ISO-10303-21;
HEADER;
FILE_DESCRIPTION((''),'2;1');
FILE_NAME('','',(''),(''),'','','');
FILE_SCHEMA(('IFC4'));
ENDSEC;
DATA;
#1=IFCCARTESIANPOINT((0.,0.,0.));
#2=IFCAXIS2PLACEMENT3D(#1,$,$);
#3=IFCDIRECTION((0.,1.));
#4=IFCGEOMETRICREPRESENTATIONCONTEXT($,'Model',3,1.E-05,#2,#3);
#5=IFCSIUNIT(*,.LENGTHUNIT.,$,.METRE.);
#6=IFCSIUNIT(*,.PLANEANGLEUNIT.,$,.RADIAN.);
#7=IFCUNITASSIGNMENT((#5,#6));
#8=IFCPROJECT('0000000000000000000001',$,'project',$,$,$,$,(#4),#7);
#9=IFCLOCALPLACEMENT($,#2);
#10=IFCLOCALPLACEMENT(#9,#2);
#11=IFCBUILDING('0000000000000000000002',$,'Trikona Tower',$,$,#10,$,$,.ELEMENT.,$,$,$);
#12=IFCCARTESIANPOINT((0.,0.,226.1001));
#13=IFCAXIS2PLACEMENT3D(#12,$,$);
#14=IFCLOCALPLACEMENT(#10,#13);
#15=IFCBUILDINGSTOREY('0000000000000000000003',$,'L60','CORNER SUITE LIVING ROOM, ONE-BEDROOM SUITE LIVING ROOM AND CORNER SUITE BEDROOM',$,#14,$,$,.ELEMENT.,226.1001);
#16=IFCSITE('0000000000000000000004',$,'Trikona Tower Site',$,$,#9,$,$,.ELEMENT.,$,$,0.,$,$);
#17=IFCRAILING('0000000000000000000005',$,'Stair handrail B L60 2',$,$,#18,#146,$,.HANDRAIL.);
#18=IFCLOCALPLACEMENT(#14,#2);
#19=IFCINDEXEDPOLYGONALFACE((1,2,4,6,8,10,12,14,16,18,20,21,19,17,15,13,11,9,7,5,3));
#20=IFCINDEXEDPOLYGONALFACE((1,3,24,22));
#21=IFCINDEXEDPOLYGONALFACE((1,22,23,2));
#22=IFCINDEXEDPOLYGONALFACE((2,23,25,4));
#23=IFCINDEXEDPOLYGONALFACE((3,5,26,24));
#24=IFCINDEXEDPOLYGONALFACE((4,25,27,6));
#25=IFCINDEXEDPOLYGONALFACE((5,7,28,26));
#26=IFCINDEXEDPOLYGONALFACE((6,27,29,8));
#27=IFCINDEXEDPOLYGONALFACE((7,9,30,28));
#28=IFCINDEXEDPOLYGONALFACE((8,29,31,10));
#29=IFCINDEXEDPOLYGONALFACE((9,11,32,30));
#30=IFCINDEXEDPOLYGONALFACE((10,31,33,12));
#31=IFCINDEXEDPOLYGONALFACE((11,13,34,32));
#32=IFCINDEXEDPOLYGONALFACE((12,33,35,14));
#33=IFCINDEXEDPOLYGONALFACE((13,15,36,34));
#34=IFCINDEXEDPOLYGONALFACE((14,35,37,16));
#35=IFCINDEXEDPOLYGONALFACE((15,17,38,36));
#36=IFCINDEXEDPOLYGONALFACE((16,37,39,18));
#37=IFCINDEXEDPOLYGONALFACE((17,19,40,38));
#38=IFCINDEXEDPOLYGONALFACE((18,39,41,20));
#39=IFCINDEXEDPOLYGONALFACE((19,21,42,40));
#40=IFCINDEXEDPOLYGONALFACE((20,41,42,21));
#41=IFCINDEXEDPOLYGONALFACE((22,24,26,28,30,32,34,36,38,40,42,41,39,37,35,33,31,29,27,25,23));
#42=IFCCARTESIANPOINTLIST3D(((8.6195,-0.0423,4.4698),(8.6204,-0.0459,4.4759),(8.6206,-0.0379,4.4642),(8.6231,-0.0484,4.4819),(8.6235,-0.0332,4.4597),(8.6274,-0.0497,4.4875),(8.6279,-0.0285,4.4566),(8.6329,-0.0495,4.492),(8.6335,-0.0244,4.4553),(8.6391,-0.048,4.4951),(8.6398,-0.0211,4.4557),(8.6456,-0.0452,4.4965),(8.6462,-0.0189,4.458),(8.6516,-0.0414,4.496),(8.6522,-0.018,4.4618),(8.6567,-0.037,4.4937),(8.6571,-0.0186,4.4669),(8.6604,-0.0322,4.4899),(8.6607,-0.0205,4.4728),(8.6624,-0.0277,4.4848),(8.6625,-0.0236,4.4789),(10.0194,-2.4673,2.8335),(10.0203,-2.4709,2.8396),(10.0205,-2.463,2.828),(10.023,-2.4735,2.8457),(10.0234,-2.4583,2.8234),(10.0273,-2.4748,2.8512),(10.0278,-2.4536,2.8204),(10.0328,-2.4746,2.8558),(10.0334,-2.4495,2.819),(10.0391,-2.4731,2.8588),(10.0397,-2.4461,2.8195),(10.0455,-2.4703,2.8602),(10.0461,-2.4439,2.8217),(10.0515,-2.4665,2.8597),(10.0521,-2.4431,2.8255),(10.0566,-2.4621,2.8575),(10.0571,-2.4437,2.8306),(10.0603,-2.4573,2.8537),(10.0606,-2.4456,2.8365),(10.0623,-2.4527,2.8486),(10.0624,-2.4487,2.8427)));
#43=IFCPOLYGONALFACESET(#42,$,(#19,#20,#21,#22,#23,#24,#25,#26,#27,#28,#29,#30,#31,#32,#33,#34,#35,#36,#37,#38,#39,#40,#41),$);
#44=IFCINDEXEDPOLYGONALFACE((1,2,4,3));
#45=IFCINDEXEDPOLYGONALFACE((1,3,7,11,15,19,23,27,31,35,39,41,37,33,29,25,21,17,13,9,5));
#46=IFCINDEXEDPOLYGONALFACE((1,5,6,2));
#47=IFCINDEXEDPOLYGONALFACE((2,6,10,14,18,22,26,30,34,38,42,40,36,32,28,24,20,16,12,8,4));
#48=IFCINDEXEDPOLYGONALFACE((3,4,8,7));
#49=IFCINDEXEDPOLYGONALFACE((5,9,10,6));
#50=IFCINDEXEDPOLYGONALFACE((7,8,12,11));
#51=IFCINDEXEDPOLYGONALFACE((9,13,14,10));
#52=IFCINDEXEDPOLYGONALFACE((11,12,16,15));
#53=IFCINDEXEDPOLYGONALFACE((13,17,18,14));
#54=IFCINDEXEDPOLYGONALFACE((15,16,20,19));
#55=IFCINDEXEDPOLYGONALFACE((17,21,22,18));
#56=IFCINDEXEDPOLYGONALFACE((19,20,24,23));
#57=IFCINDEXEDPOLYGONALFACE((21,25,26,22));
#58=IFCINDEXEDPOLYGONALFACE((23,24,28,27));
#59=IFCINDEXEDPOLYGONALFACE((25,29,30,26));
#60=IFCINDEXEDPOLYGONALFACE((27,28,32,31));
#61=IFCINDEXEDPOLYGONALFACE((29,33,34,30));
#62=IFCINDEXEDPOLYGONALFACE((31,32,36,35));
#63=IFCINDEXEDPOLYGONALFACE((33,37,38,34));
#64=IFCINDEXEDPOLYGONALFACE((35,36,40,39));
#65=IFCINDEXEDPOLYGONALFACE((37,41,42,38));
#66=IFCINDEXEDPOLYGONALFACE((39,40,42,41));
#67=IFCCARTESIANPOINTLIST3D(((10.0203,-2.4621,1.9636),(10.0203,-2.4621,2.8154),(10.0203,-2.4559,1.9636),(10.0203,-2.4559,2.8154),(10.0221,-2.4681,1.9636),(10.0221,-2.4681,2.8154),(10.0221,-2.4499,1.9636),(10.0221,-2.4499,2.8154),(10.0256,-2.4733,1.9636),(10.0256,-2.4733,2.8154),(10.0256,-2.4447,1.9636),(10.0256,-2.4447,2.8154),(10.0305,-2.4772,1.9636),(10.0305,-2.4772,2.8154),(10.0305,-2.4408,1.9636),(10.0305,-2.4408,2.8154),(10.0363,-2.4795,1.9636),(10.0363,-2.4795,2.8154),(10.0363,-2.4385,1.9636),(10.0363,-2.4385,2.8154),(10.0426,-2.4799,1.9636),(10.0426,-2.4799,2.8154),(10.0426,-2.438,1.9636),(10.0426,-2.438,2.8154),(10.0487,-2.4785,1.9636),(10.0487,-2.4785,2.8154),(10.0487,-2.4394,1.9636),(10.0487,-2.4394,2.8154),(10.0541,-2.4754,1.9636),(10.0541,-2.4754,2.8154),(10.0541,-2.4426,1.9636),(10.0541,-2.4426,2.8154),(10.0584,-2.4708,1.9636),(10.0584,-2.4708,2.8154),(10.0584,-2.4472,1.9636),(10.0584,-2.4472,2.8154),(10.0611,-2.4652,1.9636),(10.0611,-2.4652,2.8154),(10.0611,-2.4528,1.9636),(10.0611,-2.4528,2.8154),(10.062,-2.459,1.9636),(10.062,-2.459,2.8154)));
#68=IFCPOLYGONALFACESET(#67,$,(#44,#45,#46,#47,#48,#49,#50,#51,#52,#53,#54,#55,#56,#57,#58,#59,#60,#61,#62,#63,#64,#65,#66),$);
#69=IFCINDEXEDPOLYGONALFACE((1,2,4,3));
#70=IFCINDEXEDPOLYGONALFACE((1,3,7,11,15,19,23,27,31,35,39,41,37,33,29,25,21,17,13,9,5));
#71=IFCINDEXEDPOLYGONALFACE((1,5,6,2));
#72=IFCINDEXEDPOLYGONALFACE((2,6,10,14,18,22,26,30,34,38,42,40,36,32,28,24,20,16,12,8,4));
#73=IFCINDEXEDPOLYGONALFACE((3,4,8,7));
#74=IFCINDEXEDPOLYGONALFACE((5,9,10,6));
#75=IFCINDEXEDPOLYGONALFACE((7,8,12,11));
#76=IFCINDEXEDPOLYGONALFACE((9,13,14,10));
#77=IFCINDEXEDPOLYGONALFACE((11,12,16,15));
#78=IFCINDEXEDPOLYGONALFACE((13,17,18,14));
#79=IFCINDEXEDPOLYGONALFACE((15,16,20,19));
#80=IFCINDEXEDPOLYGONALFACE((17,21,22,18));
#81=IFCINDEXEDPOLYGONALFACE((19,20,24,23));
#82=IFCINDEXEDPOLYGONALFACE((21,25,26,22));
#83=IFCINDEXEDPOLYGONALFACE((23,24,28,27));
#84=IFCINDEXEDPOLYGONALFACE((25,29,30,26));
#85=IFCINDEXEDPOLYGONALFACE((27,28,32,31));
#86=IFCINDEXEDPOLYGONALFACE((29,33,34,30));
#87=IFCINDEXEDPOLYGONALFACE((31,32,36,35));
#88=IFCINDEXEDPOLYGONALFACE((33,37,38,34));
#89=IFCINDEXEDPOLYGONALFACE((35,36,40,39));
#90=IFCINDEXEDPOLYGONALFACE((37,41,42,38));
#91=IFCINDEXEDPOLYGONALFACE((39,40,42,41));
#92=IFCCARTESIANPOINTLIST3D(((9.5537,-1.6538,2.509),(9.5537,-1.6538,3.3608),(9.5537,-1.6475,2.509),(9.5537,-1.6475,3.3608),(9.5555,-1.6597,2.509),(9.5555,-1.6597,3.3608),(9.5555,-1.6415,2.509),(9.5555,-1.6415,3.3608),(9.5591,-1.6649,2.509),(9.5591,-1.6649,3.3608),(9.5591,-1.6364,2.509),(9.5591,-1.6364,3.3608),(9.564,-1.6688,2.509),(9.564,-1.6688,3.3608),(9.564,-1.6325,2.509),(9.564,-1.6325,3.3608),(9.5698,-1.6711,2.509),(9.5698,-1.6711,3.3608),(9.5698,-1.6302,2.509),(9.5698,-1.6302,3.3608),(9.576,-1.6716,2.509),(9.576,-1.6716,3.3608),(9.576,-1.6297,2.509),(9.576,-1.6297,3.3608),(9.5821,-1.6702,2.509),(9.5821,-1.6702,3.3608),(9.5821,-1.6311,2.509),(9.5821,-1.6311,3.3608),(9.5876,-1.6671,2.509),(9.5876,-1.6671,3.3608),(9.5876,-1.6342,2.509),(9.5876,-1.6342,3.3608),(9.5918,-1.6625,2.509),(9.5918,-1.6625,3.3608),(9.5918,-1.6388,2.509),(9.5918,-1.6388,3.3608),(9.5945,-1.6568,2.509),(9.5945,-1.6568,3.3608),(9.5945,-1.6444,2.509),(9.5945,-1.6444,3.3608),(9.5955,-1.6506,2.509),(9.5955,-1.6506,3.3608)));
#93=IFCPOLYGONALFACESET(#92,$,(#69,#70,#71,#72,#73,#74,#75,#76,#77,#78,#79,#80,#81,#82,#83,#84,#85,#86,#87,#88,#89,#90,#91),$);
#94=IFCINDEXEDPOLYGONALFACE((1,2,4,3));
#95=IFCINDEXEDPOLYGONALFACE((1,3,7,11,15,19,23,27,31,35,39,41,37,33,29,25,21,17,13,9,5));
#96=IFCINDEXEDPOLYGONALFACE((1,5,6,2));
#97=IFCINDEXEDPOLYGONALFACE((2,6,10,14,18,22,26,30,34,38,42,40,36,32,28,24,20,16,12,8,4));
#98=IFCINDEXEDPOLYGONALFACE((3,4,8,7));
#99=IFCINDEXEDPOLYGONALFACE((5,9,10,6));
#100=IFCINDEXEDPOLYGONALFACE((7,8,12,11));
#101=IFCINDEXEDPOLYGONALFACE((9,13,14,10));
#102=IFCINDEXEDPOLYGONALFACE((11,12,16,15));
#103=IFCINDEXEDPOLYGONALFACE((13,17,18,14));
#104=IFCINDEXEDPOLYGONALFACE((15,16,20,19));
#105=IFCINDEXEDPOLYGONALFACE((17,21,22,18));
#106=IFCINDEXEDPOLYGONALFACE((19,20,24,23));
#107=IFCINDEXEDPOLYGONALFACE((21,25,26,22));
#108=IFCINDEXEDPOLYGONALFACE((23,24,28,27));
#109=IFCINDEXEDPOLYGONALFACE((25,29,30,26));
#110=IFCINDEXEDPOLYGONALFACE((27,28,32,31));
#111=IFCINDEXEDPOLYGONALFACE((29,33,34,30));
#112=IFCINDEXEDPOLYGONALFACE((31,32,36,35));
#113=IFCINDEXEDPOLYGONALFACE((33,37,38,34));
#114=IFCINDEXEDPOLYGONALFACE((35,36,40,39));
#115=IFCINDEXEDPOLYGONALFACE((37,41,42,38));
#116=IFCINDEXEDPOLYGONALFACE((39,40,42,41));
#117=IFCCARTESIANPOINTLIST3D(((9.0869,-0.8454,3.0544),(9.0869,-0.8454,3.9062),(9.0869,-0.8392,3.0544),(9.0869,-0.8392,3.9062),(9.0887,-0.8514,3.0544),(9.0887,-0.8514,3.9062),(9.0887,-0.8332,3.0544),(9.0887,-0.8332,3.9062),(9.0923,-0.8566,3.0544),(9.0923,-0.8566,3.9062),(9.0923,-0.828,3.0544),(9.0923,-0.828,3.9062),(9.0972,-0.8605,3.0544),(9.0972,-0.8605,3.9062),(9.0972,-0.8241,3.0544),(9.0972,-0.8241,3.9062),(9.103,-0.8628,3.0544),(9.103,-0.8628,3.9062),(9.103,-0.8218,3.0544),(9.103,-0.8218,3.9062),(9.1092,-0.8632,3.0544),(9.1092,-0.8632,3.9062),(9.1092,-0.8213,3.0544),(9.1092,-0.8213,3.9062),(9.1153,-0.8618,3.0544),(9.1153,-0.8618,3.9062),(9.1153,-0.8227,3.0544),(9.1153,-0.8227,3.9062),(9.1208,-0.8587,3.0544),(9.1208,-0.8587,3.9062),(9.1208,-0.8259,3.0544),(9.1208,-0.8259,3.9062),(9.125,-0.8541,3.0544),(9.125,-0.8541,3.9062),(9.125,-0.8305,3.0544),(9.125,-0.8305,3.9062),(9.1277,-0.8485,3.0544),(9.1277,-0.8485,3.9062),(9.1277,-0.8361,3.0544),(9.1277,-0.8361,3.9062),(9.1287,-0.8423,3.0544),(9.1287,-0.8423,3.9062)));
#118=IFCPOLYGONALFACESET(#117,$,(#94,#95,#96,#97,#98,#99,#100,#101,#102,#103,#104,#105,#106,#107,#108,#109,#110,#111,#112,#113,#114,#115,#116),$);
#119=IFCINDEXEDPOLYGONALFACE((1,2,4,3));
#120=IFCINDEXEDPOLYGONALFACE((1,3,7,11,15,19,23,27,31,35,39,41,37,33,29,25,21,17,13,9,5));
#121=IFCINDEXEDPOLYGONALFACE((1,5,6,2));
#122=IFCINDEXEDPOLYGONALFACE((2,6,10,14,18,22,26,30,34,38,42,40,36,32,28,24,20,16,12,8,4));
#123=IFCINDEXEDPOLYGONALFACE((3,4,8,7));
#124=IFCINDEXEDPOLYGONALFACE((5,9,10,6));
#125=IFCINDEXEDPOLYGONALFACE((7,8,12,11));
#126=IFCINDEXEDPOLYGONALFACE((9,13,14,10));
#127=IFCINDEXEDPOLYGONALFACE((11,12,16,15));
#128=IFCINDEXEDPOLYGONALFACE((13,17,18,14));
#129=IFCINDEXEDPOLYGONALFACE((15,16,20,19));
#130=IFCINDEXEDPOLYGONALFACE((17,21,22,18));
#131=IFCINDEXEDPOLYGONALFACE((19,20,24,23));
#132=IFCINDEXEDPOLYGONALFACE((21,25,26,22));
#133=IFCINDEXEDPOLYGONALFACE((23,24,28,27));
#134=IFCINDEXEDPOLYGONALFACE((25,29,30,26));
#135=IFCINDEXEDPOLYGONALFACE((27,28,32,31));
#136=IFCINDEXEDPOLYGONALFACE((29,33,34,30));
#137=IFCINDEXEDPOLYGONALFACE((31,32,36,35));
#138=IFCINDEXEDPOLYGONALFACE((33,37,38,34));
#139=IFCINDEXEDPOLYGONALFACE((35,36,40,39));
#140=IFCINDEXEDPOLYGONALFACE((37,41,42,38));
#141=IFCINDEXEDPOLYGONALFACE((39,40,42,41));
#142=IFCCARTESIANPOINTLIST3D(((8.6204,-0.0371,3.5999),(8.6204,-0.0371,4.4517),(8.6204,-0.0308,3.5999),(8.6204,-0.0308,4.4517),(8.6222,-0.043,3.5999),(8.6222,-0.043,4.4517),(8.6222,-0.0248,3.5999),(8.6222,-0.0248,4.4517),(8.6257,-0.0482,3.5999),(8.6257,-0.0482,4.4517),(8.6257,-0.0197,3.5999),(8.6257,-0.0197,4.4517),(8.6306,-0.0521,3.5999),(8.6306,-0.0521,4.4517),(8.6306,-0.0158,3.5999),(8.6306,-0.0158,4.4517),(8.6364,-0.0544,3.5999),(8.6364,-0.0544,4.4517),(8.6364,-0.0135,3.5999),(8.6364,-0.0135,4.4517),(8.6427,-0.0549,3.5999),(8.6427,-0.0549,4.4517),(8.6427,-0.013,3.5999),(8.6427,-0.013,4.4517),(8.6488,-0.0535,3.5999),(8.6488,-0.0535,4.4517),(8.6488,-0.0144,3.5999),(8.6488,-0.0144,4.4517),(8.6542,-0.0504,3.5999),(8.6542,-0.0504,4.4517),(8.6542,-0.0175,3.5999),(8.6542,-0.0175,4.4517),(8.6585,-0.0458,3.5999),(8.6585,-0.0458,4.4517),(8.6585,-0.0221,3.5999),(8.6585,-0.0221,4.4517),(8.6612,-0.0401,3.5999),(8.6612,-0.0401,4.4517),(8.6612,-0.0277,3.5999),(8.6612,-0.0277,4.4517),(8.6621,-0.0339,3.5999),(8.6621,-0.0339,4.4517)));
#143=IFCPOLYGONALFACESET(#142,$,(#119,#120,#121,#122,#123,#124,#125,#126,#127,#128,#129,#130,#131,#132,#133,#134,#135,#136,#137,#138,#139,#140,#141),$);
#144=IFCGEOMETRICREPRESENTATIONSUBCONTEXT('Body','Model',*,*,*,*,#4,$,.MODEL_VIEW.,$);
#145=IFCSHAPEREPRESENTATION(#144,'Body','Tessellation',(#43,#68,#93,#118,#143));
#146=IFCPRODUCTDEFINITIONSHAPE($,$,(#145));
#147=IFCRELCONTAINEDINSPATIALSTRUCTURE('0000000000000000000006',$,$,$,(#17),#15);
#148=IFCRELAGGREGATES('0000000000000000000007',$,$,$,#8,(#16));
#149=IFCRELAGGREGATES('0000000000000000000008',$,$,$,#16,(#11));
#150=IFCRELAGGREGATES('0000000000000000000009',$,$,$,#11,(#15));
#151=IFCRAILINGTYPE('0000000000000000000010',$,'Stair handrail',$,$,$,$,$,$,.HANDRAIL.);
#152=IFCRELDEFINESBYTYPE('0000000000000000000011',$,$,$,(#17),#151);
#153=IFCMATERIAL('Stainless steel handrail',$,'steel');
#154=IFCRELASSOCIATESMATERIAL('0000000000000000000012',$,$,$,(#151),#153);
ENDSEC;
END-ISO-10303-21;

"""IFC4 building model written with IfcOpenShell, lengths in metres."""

from ifc_helpers import new_model, si_unit, direction, frame, origin, origin_2d, place, context, subcontext, project, spatial, circle, extrude, material, type_object, element, save


model = new_model("IFC4")

# Units and contexts
model_context = context("Model", 3, precision=1e-05, world=origin(), true_north=direction((0.0, 1.0)))
body_context = subcontext(model_context, "Body", "Model", "MODEL_VIEW")
ifc_project = project(units=[si_unit("LENGTHUNIT", "METRE"), si_unit("PLANEANGLEUNIT", "RADIAN")], contexts=[model_context])

# Site, building, storey
site_placement = place(None, origin())
site = spatial("IfcSite", under=ifc_project, at=site_placement, Name="Trikona Tower Site", CompositionType="ELEMENT", RefElevation=0.0)
building_placement = place(site_placement, origin())
building = spatial("IfcBuilding", under=site, at=building_placement, Name="Trikona Tower", CompositionType="ELEMENT")
storey_placement = place(building_placement, frame((0.0, 0.0, 226.1001)))
storey = spatial("IfcBuildingStorey", under=building, at=storey_placement, Name="L60", Description="CORNER SUITE LIVING ROOM, ONE-BEDROOM SUITE LIVING ROOM AND CORNER SUITE BEDROOM", CompositionType="ELEMENT", Elevation=226.1001)

# Railing
ifc_material_1 = material(Name="Stainless steel handrail", Category="steel")
railing_type = type_object("IfcRailingType", Name="Stair handrail", PredefinedType="HANDRAIL", material=ifc_material_1)
railing_placement = place(storey_placement, frame((10.041, -2.459, 1.9636)))
element("IfcRailing", 1, at=railing_placement, inside=storey, type_object=railing_type, Name="Stair handrail B L60 2", PredefinedType="HANDRAIL", context=body_context, shape_type="SweptSolid", body=[
    extrude(circle(Radius=0.0239, at=origin_2d()), frame((0.0, 0.0, 0.876), z_axis=(-0.431653, 0.747751, 0.504523), x_axis=(-0.866056, -0.499946, 0.0)), (0.0, 0.0, 1.0), 3.2432),
    extrude(circle(Radius=0.021, at=origin_2d()), origin(), (0.0, 0.0, 1.0), 0.8518),
    extrude(circle(Radius=0.021, at=origin_2d()), frame((-0.4666, 0.8083, 0.5454)), (0.0, 0.0, 1.0), 0.8518),
    extrude(circle(Radius=0.021, at=origin_2d()), frame((-0.9333, 1.6167, 1.0908)), (0.0, 0.0, 1.0), 0.8518),
    extrude(circle(Radius=0.021, at=origin_2d()), frame((-1.3999, 2.425, 1.6362)), (0.0, 0.0, 1.0), 0.8518),
])

save(model, "model.ifc")
